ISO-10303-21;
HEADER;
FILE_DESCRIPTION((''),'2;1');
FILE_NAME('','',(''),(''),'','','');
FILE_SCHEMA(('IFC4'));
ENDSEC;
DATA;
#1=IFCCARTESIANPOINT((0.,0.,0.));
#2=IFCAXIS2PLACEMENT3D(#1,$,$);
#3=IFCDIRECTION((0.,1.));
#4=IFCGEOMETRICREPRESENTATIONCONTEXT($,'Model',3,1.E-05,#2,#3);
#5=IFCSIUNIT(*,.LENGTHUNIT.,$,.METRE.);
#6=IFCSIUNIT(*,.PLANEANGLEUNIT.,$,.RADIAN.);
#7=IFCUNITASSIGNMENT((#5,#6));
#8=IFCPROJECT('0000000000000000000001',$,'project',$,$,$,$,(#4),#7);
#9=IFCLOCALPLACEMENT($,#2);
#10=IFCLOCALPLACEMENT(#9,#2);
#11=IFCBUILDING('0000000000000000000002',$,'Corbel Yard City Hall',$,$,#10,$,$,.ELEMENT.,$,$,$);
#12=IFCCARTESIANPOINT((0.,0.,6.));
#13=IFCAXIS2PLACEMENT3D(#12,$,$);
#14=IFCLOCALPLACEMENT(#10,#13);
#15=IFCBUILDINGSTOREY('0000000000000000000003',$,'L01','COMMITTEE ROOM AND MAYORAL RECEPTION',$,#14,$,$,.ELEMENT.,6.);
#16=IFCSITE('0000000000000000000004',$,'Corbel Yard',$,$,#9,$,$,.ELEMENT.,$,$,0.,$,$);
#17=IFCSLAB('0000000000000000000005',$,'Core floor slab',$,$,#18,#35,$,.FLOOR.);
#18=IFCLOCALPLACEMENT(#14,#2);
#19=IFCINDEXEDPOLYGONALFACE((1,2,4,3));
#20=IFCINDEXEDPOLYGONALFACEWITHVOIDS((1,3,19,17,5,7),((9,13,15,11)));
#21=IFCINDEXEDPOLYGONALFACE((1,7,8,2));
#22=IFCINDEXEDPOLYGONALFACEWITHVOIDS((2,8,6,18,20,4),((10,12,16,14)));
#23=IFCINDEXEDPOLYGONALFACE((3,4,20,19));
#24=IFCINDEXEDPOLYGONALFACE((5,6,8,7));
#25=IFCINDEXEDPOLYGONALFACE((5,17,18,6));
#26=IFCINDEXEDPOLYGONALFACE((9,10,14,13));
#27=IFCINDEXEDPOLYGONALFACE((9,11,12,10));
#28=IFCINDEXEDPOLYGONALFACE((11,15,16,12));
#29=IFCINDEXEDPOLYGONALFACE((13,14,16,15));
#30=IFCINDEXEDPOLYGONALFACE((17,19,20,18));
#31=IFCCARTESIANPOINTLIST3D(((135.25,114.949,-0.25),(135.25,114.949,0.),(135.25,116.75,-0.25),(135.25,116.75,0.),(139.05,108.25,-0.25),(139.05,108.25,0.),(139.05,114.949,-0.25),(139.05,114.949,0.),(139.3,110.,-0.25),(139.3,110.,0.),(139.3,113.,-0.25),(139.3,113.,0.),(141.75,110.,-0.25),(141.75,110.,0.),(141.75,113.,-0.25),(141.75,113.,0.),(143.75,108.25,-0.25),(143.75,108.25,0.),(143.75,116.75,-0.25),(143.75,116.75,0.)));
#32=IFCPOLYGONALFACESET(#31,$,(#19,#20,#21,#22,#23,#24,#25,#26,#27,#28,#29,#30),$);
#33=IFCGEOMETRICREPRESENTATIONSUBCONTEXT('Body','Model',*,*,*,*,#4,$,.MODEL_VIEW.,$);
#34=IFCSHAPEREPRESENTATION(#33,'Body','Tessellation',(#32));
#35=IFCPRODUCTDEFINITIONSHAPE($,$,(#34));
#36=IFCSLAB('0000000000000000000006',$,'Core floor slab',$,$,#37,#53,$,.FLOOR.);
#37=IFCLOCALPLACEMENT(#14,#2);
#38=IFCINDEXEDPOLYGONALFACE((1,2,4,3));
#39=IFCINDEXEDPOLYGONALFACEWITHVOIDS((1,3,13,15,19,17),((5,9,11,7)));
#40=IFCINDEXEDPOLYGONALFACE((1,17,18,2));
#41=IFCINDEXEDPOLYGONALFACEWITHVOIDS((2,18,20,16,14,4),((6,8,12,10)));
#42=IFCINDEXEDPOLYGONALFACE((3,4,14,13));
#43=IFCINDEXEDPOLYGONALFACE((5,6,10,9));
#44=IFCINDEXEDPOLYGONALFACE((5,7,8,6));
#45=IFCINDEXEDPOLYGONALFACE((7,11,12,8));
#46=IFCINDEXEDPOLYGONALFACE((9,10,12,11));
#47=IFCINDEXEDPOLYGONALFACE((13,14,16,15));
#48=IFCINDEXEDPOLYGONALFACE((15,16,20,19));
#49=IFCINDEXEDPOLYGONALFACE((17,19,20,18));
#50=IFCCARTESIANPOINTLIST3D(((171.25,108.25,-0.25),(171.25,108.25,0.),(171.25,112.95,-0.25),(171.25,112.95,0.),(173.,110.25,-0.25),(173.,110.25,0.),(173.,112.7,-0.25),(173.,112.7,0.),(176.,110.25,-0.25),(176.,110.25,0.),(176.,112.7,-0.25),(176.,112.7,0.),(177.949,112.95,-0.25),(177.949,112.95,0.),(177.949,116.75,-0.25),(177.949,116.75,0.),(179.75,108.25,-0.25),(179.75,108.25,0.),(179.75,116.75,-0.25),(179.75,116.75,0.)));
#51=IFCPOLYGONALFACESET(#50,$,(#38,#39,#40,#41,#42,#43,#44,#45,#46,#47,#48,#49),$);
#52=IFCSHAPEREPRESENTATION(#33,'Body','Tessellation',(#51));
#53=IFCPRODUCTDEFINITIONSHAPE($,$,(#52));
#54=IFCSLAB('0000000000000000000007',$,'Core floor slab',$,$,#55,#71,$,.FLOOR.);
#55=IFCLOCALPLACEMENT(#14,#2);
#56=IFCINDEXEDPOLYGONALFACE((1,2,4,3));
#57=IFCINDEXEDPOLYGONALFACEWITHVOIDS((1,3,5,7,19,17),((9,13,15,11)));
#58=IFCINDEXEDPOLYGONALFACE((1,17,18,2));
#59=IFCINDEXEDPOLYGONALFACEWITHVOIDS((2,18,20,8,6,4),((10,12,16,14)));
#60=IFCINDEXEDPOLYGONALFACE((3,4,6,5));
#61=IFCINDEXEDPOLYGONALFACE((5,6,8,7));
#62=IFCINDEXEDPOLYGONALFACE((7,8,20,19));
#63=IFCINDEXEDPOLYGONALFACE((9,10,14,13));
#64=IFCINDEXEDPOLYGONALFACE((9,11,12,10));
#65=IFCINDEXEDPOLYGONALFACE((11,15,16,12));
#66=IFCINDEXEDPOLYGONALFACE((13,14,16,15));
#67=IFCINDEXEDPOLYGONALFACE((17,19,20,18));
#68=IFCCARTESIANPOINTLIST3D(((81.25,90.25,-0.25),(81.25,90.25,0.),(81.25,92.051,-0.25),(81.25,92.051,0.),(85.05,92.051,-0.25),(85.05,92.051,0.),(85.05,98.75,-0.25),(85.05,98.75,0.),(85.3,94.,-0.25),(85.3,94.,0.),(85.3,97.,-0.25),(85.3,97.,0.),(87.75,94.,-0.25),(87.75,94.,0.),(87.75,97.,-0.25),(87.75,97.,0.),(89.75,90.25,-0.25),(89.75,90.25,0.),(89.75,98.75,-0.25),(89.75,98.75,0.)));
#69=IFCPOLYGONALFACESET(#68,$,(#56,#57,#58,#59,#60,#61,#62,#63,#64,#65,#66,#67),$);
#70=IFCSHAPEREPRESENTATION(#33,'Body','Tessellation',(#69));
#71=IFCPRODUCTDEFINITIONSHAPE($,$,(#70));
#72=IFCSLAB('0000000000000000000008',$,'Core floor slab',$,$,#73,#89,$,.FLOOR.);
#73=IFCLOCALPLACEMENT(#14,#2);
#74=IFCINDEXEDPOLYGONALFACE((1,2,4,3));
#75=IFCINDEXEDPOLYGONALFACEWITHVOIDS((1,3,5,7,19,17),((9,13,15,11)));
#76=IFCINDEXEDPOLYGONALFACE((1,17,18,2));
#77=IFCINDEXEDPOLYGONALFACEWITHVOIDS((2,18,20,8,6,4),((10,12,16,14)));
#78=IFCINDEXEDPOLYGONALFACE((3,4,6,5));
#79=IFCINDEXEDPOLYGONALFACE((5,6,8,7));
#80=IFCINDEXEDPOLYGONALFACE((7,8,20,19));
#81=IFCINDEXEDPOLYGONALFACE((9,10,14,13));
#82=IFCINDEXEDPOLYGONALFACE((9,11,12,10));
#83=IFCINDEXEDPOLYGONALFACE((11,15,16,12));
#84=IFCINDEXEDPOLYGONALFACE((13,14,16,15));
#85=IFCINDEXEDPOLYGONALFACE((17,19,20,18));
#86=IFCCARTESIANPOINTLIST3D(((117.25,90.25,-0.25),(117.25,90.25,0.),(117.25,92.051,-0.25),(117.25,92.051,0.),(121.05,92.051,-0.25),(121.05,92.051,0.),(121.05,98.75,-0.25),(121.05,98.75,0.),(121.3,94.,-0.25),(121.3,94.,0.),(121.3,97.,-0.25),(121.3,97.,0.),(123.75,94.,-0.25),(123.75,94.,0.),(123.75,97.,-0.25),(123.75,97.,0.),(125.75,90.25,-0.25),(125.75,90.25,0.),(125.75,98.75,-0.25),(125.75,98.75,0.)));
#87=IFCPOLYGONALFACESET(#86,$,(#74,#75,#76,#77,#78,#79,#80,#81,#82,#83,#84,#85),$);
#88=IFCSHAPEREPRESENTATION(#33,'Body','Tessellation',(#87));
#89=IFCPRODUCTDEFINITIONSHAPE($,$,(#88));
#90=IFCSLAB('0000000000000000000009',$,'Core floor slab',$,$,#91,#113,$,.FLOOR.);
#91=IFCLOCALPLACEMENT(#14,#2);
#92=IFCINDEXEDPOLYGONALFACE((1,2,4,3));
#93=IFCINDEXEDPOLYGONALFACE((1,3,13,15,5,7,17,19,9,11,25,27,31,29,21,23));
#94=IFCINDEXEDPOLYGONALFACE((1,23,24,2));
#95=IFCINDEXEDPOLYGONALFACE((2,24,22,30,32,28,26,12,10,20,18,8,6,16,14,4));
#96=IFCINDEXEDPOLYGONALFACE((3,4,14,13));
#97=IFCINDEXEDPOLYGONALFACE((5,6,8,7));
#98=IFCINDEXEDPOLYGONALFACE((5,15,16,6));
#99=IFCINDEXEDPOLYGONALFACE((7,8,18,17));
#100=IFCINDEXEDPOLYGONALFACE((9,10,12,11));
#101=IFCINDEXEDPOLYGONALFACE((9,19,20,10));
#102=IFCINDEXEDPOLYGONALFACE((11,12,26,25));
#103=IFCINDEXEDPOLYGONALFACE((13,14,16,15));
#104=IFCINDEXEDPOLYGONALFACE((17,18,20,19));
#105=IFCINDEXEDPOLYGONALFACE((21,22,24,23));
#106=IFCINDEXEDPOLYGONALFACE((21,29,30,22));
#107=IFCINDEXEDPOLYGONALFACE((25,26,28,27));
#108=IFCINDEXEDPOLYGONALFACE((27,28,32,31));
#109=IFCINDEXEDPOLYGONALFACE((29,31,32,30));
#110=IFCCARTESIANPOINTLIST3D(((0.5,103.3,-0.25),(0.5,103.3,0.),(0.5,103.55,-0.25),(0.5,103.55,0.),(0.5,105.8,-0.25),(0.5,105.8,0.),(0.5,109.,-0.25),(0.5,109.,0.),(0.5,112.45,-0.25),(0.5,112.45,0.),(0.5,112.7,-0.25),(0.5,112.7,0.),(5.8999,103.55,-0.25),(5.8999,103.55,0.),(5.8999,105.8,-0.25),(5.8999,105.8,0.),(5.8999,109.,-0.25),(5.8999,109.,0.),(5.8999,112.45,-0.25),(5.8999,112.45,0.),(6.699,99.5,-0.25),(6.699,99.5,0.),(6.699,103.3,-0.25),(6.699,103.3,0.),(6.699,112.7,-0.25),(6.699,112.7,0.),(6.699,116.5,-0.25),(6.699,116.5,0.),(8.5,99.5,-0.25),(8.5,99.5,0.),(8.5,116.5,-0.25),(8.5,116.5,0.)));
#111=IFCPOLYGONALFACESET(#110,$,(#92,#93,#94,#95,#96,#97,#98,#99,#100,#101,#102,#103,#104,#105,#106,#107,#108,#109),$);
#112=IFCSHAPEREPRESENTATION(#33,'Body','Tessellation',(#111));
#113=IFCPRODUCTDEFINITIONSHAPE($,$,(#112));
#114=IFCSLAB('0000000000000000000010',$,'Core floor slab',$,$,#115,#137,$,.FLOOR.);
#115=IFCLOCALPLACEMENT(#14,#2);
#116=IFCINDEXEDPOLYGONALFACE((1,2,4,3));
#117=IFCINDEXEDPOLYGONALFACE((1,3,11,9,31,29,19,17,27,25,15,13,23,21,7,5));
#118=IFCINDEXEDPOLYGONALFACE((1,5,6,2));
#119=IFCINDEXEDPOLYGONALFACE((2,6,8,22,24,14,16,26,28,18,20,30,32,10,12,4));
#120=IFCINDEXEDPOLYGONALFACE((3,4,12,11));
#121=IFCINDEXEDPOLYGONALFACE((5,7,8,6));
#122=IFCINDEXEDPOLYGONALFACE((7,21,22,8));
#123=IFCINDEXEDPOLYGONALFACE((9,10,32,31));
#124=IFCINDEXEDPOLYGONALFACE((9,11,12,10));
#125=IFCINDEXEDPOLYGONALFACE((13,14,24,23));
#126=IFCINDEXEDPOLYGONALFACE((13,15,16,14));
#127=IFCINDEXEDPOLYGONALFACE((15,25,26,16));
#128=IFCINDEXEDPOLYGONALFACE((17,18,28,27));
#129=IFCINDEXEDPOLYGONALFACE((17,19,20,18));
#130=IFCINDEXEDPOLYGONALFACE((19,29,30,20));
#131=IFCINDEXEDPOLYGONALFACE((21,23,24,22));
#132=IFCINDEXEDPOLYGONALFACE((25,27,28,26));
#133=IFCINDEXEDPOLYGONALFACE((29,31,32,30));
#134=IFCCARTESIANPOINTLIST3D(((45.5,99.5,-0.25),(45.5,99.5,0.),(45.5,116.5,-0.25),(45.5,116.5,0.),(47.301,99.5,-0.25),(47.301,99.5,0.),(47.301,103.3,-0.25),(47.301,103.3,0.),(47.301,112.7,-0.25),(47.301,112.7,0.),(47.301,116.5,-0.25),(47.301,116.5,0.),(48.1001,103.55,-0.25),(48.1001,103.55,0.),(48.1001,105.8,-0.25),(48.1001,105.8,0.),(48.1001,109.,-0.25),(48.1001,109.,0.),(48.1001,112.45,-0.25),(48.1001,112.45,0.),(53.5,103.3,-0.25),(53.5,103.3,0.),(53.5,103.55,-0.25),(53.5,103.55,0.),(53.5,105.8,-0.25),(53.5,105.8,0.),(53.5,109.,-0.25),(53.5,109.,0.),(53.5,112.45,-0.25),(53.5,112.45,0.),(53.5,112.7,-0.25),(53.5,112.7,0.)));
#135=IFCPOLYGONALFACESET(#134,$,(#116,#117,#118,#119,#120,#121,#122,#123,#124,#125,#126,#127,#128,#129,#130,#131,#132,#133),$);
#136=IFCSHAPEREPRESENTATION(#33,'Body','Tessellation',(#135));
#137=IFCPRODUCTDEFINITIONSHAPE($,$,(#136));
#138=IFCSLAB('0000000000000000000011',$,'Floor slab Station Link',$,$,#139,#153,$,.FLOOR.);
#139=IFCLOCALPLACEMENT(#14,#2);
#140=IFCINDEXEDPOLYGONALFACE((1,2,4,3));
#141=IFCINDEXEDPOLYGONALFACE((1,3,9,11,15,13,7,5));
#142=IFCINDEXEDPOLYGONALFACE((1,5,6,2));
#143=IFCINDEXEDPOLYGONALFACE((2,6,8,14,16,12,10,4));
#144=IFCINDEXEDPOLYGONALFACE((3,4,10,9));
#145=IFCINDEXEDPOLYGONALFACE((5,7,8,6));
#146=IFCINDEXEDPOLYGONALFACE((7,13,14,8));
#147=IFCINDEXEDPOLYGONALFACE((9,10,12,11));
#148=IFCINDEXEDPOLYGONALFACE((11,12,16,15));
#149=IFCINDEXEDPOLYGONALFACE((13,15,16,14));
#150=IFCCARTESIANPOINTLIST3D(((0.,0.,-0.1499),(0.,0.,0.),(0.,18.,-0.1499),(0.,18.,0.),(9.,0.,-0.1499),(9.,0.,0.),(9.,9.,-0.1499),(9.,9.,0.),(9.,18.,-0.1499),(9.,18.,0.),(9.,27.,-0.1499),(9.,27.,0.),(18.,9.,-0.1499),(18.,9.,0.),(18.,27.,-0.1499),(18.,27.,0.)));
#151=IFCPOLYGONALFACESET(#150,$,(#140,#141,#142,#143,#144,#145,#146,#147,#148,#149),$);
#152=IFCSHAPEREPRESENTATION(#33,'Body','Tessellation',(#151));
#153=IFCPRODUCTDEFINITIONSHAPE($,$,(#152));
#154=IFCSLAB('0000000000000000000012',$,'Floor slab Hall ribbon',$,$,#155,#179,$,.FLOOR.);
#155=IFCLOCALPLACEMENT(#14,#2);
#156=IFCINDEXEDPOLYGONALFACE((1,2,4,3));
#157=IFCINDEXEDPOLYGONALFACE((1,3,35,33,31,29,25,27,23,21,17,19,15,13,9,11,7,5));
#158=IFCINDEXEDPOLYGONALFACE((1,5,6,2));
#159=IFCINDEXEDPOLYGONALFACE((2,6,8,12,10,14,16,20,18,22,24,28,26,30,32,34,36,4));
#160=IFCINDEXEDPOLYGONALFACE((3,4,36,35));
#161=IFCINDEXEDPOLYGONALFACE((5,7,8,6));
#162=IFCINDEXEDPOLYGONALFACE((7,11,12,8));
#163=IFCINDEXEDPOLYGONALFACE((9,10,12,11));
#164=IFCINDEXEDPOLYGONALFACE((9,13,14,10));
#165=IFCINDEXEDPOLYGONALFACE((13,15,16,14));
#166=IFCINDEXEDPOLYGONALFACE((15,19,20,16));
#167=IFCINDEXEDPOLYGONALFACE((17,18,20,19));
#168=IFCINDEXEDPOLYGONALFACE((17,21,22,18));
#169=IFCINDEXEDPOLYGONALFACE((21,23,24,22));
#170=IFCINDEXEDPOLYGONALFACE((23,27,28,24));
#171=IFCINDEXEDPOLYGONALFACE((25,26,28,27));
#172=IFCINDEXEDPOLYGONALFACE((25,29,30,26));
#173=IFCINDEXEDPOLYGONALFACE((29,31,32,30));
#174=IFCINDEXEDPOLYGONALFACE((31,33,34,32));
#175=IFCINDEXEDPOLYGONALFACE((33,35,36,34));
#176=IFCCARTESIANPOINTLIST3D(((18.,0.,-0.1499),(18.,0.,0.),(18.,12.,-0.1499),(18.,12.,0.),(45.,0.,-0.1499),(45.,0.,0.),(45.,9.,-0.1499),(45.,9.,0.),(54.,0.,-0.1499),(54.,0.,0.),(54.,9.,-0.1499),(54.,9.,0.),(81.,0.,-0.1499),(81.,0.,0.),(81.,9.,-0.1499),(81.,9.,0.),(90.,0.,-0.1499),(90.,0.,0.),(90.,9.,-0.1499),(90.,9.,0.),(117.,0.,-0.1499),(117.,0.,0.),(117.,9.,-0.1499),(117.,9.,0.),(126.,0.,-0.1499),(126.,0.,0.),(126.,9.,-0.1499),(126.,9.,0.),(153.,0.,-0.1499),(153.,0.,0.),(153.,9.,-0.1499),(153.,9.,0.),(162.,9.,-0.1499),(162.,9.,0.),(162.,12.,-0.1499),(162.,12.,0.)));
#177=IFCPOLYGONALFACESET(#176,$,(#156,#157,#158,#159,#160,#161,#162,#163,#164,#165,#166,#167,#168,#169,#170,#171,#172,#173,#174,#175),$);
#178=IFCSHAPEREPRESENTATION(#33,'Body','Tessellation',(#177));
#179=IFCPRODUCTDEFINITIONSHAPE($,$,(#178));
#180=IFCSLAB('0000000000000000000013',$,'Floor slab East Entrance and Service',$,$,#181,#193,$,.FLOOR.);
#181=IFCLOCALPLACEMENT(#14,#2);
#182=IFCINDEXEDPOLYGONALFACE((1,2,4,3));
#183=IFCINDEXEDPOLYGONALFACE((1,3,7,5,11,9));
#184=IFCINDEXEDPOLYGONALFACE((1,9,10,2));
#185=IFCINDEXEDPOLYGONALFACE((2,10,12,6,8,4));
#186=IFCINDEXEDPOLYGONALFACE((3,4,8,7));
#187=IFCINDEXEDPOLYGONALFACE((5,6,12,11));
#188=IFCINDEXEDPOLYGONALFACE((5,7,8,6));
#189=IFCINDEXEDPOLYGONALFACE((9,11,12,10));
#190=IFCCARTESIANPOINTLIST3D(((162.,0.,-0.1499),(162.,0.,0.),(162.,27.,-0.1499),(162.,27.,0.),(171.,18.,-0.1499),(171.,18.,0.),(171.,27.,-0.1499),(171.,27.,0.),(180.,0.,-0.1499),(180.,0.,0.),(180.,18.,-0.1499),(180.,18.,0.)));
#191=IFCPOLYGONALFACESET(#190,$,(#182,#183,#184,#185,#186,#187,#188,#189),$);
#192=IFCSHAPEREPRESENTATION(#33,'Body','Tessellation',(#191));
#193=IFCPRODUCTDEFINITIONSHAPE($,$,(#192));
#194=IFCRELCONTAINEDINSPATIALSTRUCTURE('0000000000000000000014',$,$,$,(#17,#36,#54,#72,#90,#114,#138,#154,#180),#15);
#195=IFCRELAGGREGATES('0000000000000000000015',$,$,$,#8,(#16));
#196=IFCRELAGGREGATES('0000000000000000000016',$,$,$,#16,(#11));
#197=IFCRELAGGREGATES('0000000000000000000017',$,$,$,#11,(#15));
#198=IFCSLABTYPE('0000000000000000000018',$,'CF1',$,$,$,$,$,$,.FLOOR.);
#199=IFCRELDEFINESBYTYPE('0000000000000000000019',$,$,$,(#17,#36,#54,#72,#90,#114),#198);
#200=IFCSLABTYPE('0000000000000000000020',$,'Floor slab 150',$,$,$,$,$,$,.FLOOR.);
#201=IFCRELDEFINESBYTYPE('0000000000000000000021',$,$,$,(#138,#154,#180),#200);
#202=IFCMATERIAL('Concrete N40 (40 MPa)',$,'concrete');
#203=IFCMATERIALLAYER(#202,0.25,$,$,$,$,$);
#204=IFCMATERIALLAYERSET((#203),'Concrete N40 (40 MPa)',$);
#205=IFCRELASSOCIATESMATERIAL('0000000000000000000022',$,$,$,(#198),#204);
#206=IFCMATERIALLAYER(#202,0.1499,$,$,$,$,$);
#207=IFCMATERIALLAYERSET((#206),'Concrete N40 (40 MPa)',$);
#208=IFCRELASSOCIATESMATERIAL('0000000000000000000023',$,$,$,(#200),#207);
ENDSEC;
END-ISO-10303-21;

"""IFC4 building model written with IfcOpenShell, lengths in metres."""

from ifc_helpers import new_model, si_unit, direction, frame, origin, place, context, subcontext, project, spatial, polyline, outline, extrude, material, layer, layer_set, type_object, element, save


model = new_model("IFC4")

# Units and contexts
model_context = context("Model", 3, precision=1e-05, world=origin(), true_north=direction((0.0, 1.0)))
body_context = subcontext(model_context, "Body", "Model", "MODEL_VIEW")
ifc_project = project(units=[si_unit("LENGTHUNIT", "METRE"), si_unit("PLANEANGLEUNIT", "RADIAN")], contexts=[model_context])

# Site, building, storey
site_placement = place(None, origin())
site = spatial("IfcSite", under=ifc_project, at=site_placement, Name="Corbel Yard", CompositionType="ELEMENT", RefElevation=0.0)
building_placement = place(site_placement, origin())
building = spatial("IfcBuilding", under=site, at=building_placement, Name="Corbel Yard City Hall", CompositionType="ELEMENT")
storey_placement = place(building_placement, frame((0.0, 0.0, 6.0)))
storey = spatial("IfcBuildingStorey", under=building, at=storey_placement, Name="L01", Description="COMMITTEE ROOM AND MAYORAL RECEPTION", CompositionType="ELEMENT", Elevation=6.0)

# Slabs
ifc_material_1 = material(Name="Concrete N40 (40 MPa)", Category="concrete")
ifc_layer_1 = layer(ifc_material_1, 0.25)
ifc_layer_set_1 = layer_set([ifc_layer_1], Name="Concrete N40 (40 MPa)")
slab_type_1 = type_object("IfcSlabType", Name="CF1", PredefinedType="FLOOR", material=ifc_layer_set_1)
slab_1_placement = place(storey_placement, frame((0.0, 0.0, -0.25)))
element("IfcSlab", 1, at=slab_1_placement, inside=storey, type_object=slab_type_1, Name="Core floor slab", PredefinedType="FLOOR", context=body_context, shape_type="SweptSolid", body=[
    extrude(outline(polyline([(135.25, 116.75), (135.25, 114.949), (139.05, 114.949), (139.05, 108.25), (143.75, 108.25), (143.75, 116.75), (135.25, 116.75)]), holes=[polyline([(141.75, 110.0), (141.75, 113.0), (139.3, 113.0), (139.3, 110.0), (141.75, 110.0)])]), origin(), (0.0, 0.0, 1.0), 0.25),
])
slab_2_placement = place(storey_placement, frame((0.0, 0.0, -0.25)))
element("IfcSlab", 2, at=slab_2_placement, inside=storey, type_object=slab_type_1, Name="Core floor slab", PredefinedType="FLOOR", context=body_context, shape_type="SweptSolid", body=[
    extrude(outline(polyline([(179.75, 116.75), (177.949, 116.75), (177.949, 112.95), (171.25, 112.95), (171.25, 108.25), (179.75, 108.25), (179.75, 116.75)]), holes=[polyline([(176.0, 110.25), (176.0, 112.7), (173.0, 112.7), (173.0, 110.25), (176.0, 110.25)])]), origin(), (0.0, 0.0, 1.0), 0.25),
])
slab_3_placement = place(storey_placement, frame((0.0, 0.0, -0.25)))
element("IfcSlab", 3, at=slab_3_placement, inside=storey, type_object=slab_type_1, Name="Core floor slab", PredefinedType="FLOOR", context=body_context, shape_type="SweptSolid", body=[
    extrude(outline(polyline([(89.75, 98.75), (85.05, 98.75), (85.05, 92.051), (81.25, 92.051), (81.25, 90.25), (89.75, 90.25), (89.75, 98.75)]), holes=[polyline([(87.75, 94.0), (87.75, 97.0), (85.3, 97.0), (85.3, 94.0), (87.75, 94.0)])]), origin(), (0.0, 0.0, 1.0), 0.25),
])
slab_4_placement = place(storey_placement, frame((0.0, 0.0, -0.25)))
element("IfcSlab", 4, at=slab_4_placement, inside=storey, type_object=slab_type_1, Name="Core floor slab", PredefinedType="FLOOR", context=body_context, shape_type="SweptSolid", body=[
    extrude(outline(polyline([(125.75, 98.75), (121.05, 98.75), (121.05, 92.051), (117.25, 92.051), (117.25, 90.25), (125.75, 90.25), (125.75, 98.75)]), holes=[polyline([(123.75, 94.0), (123.75, 97.0), (121.3, 97.0), (121.3, 94.0), (123.75, 94.0)])]), origin(), (0.0, 0.0, 1.0), 0.25),
])
slab_5_placement = place(storey_placement, frame((0.0, 0.0, -0.25)))
element("IfcSlab", 5, at=slab_5_placement, inside=storey, type_object=slab_type_1, Name="Core floor slab", PredefinedType="FLOOR", context=body_context, shape_type="SweptSolid", body=[
    extrude(outline(polyline([(8.5, 116.5), (6.699, 116.5), (6.699, 112.7), (0.5, 112.7), (0.5, 112.45), (5.8999, 112.45), (5.8999, 109.0), (0.5, 109.0), (0.5, 105.8), (5.8999, 105.8), (5.8999, 103.55), (0.5, 103.55), (0.5, 103.3), (6.699, 103.3), (6.699, 99.5), (8.5, 99.5), (8.5, 116.5)])), origin(), (0.0, 0.0, 1.0), 0.25),
])
slab_6_placement = place(storey_placement, frame((0.0, 0.0, -0.25)))
element("IfcSlab", 6, at=slab_6_placement, inside=storey, type_object=slab_type_1, Name="Core floor slab", PredefinedType="FLOOR", context=body_context, shape_type="SweptSolid", body=[
    extrude(outline(polyline([(53.5, 103.3), (53.5, 103.55), (48.1001, 103.55), (48.1001, 105.8), (53.5, 105.8), (53.5, 109.0), (48.1001, 109.0), (48.1001, 112.45), (53.5, 112.45), (53.5, 112.7), (47.301, 112.7), (47.301, 116.5), (45.5, 116.5), (45.5, 99.5), (47.301, 99.5), (47.301, 103.3), (53.5, 103.3)])), origin(), (0.0, 0.0, 1.0), 0.25),
])
ifc_layer_2 = layer(ifc_material_1, 0.1499)
ifc_layer_set_2 = layer_set([ifc_layer_2], Name="Concrete N40 (40 MPa)")
slab_type_2 = type_object("IfcSlabType", Name="Floor slab 150", PredefinedType="FLOOR", material=ifc_layer_set_2)
slab_7_placement = place(storey_placement, frame((0.0, 0.0, -0.1499)))
element("IfcSlab", 7, at=slab_7_placement, inside=storey, type_object=slab_type_2, Name="Floor slab Station Link", PredefinedType="FLOOR", context=body_context, shape_type="SweptSolid", body=[
    extrude(outline(polyline([(9.0, 27.0), (9.0, 18.0), (0.0, 18.0), (0.0, 0.0), (9.0, 0.0), (9.0, 9.0), (18.0, 9.0), (18.0, 27.0), (9.0, 27.0)])), origin(), (0.0, 0.0, 1.0), 0.1499),
])
slab_8_placement = place(storey_placement, frame((0.0, 0.0, -0.1499)))
element("IfcSlab", 8, at=slab_8_placement, inside=storey, type_object=slab_type_2, Name="Floor slab Hall ribbon", PredefinedType="FLOOR", context=body_context, shape_type="SweptSolid", body=[
    extrude(outline(polyline([(126.0, 0.0), (153.0, 0.0), (153.0, 9.0), (162.0, 9.0), (162.0, 12.0), (18.0, 12.0), (18.0, 0.0), (45.0, 0.0), (45.0, 9.0), (54.0, 9.0), (54.0, 0.0), (81.0, 0.0), (81.0, 9.0), (90.0, 9.0), (90.0, 0.0), (117.0, 0.0), (117.0, 9.0), (126.0, 9.0), (126.0, 0.0)])), origin(), (0.0, 0.0, 1.0), 0.1499),
])
slab_9_placement = place(storey_placement, frame((0.0, 0.0, -0.1499)))
element("IfcSlab", 9, at=slab_9_placement, inside=storey, type_object=slab_type_2, Name="Floor slab East Entrance and Service", PredefinedType="FLOOR", context=body_context, shape_type="SweptSolid", body=[
    extrude(outline(polyline([(171.0, 27.0), (162.0, 27.0), (162.0, 0.0), (180.0, 0.0), (180.0, 18.0), (171.0, 18.0), (171.0, 27.0)])), origin(), (0.0, 0.0, 1.0), 0.1499),
])

save(model, "model.ifc")
